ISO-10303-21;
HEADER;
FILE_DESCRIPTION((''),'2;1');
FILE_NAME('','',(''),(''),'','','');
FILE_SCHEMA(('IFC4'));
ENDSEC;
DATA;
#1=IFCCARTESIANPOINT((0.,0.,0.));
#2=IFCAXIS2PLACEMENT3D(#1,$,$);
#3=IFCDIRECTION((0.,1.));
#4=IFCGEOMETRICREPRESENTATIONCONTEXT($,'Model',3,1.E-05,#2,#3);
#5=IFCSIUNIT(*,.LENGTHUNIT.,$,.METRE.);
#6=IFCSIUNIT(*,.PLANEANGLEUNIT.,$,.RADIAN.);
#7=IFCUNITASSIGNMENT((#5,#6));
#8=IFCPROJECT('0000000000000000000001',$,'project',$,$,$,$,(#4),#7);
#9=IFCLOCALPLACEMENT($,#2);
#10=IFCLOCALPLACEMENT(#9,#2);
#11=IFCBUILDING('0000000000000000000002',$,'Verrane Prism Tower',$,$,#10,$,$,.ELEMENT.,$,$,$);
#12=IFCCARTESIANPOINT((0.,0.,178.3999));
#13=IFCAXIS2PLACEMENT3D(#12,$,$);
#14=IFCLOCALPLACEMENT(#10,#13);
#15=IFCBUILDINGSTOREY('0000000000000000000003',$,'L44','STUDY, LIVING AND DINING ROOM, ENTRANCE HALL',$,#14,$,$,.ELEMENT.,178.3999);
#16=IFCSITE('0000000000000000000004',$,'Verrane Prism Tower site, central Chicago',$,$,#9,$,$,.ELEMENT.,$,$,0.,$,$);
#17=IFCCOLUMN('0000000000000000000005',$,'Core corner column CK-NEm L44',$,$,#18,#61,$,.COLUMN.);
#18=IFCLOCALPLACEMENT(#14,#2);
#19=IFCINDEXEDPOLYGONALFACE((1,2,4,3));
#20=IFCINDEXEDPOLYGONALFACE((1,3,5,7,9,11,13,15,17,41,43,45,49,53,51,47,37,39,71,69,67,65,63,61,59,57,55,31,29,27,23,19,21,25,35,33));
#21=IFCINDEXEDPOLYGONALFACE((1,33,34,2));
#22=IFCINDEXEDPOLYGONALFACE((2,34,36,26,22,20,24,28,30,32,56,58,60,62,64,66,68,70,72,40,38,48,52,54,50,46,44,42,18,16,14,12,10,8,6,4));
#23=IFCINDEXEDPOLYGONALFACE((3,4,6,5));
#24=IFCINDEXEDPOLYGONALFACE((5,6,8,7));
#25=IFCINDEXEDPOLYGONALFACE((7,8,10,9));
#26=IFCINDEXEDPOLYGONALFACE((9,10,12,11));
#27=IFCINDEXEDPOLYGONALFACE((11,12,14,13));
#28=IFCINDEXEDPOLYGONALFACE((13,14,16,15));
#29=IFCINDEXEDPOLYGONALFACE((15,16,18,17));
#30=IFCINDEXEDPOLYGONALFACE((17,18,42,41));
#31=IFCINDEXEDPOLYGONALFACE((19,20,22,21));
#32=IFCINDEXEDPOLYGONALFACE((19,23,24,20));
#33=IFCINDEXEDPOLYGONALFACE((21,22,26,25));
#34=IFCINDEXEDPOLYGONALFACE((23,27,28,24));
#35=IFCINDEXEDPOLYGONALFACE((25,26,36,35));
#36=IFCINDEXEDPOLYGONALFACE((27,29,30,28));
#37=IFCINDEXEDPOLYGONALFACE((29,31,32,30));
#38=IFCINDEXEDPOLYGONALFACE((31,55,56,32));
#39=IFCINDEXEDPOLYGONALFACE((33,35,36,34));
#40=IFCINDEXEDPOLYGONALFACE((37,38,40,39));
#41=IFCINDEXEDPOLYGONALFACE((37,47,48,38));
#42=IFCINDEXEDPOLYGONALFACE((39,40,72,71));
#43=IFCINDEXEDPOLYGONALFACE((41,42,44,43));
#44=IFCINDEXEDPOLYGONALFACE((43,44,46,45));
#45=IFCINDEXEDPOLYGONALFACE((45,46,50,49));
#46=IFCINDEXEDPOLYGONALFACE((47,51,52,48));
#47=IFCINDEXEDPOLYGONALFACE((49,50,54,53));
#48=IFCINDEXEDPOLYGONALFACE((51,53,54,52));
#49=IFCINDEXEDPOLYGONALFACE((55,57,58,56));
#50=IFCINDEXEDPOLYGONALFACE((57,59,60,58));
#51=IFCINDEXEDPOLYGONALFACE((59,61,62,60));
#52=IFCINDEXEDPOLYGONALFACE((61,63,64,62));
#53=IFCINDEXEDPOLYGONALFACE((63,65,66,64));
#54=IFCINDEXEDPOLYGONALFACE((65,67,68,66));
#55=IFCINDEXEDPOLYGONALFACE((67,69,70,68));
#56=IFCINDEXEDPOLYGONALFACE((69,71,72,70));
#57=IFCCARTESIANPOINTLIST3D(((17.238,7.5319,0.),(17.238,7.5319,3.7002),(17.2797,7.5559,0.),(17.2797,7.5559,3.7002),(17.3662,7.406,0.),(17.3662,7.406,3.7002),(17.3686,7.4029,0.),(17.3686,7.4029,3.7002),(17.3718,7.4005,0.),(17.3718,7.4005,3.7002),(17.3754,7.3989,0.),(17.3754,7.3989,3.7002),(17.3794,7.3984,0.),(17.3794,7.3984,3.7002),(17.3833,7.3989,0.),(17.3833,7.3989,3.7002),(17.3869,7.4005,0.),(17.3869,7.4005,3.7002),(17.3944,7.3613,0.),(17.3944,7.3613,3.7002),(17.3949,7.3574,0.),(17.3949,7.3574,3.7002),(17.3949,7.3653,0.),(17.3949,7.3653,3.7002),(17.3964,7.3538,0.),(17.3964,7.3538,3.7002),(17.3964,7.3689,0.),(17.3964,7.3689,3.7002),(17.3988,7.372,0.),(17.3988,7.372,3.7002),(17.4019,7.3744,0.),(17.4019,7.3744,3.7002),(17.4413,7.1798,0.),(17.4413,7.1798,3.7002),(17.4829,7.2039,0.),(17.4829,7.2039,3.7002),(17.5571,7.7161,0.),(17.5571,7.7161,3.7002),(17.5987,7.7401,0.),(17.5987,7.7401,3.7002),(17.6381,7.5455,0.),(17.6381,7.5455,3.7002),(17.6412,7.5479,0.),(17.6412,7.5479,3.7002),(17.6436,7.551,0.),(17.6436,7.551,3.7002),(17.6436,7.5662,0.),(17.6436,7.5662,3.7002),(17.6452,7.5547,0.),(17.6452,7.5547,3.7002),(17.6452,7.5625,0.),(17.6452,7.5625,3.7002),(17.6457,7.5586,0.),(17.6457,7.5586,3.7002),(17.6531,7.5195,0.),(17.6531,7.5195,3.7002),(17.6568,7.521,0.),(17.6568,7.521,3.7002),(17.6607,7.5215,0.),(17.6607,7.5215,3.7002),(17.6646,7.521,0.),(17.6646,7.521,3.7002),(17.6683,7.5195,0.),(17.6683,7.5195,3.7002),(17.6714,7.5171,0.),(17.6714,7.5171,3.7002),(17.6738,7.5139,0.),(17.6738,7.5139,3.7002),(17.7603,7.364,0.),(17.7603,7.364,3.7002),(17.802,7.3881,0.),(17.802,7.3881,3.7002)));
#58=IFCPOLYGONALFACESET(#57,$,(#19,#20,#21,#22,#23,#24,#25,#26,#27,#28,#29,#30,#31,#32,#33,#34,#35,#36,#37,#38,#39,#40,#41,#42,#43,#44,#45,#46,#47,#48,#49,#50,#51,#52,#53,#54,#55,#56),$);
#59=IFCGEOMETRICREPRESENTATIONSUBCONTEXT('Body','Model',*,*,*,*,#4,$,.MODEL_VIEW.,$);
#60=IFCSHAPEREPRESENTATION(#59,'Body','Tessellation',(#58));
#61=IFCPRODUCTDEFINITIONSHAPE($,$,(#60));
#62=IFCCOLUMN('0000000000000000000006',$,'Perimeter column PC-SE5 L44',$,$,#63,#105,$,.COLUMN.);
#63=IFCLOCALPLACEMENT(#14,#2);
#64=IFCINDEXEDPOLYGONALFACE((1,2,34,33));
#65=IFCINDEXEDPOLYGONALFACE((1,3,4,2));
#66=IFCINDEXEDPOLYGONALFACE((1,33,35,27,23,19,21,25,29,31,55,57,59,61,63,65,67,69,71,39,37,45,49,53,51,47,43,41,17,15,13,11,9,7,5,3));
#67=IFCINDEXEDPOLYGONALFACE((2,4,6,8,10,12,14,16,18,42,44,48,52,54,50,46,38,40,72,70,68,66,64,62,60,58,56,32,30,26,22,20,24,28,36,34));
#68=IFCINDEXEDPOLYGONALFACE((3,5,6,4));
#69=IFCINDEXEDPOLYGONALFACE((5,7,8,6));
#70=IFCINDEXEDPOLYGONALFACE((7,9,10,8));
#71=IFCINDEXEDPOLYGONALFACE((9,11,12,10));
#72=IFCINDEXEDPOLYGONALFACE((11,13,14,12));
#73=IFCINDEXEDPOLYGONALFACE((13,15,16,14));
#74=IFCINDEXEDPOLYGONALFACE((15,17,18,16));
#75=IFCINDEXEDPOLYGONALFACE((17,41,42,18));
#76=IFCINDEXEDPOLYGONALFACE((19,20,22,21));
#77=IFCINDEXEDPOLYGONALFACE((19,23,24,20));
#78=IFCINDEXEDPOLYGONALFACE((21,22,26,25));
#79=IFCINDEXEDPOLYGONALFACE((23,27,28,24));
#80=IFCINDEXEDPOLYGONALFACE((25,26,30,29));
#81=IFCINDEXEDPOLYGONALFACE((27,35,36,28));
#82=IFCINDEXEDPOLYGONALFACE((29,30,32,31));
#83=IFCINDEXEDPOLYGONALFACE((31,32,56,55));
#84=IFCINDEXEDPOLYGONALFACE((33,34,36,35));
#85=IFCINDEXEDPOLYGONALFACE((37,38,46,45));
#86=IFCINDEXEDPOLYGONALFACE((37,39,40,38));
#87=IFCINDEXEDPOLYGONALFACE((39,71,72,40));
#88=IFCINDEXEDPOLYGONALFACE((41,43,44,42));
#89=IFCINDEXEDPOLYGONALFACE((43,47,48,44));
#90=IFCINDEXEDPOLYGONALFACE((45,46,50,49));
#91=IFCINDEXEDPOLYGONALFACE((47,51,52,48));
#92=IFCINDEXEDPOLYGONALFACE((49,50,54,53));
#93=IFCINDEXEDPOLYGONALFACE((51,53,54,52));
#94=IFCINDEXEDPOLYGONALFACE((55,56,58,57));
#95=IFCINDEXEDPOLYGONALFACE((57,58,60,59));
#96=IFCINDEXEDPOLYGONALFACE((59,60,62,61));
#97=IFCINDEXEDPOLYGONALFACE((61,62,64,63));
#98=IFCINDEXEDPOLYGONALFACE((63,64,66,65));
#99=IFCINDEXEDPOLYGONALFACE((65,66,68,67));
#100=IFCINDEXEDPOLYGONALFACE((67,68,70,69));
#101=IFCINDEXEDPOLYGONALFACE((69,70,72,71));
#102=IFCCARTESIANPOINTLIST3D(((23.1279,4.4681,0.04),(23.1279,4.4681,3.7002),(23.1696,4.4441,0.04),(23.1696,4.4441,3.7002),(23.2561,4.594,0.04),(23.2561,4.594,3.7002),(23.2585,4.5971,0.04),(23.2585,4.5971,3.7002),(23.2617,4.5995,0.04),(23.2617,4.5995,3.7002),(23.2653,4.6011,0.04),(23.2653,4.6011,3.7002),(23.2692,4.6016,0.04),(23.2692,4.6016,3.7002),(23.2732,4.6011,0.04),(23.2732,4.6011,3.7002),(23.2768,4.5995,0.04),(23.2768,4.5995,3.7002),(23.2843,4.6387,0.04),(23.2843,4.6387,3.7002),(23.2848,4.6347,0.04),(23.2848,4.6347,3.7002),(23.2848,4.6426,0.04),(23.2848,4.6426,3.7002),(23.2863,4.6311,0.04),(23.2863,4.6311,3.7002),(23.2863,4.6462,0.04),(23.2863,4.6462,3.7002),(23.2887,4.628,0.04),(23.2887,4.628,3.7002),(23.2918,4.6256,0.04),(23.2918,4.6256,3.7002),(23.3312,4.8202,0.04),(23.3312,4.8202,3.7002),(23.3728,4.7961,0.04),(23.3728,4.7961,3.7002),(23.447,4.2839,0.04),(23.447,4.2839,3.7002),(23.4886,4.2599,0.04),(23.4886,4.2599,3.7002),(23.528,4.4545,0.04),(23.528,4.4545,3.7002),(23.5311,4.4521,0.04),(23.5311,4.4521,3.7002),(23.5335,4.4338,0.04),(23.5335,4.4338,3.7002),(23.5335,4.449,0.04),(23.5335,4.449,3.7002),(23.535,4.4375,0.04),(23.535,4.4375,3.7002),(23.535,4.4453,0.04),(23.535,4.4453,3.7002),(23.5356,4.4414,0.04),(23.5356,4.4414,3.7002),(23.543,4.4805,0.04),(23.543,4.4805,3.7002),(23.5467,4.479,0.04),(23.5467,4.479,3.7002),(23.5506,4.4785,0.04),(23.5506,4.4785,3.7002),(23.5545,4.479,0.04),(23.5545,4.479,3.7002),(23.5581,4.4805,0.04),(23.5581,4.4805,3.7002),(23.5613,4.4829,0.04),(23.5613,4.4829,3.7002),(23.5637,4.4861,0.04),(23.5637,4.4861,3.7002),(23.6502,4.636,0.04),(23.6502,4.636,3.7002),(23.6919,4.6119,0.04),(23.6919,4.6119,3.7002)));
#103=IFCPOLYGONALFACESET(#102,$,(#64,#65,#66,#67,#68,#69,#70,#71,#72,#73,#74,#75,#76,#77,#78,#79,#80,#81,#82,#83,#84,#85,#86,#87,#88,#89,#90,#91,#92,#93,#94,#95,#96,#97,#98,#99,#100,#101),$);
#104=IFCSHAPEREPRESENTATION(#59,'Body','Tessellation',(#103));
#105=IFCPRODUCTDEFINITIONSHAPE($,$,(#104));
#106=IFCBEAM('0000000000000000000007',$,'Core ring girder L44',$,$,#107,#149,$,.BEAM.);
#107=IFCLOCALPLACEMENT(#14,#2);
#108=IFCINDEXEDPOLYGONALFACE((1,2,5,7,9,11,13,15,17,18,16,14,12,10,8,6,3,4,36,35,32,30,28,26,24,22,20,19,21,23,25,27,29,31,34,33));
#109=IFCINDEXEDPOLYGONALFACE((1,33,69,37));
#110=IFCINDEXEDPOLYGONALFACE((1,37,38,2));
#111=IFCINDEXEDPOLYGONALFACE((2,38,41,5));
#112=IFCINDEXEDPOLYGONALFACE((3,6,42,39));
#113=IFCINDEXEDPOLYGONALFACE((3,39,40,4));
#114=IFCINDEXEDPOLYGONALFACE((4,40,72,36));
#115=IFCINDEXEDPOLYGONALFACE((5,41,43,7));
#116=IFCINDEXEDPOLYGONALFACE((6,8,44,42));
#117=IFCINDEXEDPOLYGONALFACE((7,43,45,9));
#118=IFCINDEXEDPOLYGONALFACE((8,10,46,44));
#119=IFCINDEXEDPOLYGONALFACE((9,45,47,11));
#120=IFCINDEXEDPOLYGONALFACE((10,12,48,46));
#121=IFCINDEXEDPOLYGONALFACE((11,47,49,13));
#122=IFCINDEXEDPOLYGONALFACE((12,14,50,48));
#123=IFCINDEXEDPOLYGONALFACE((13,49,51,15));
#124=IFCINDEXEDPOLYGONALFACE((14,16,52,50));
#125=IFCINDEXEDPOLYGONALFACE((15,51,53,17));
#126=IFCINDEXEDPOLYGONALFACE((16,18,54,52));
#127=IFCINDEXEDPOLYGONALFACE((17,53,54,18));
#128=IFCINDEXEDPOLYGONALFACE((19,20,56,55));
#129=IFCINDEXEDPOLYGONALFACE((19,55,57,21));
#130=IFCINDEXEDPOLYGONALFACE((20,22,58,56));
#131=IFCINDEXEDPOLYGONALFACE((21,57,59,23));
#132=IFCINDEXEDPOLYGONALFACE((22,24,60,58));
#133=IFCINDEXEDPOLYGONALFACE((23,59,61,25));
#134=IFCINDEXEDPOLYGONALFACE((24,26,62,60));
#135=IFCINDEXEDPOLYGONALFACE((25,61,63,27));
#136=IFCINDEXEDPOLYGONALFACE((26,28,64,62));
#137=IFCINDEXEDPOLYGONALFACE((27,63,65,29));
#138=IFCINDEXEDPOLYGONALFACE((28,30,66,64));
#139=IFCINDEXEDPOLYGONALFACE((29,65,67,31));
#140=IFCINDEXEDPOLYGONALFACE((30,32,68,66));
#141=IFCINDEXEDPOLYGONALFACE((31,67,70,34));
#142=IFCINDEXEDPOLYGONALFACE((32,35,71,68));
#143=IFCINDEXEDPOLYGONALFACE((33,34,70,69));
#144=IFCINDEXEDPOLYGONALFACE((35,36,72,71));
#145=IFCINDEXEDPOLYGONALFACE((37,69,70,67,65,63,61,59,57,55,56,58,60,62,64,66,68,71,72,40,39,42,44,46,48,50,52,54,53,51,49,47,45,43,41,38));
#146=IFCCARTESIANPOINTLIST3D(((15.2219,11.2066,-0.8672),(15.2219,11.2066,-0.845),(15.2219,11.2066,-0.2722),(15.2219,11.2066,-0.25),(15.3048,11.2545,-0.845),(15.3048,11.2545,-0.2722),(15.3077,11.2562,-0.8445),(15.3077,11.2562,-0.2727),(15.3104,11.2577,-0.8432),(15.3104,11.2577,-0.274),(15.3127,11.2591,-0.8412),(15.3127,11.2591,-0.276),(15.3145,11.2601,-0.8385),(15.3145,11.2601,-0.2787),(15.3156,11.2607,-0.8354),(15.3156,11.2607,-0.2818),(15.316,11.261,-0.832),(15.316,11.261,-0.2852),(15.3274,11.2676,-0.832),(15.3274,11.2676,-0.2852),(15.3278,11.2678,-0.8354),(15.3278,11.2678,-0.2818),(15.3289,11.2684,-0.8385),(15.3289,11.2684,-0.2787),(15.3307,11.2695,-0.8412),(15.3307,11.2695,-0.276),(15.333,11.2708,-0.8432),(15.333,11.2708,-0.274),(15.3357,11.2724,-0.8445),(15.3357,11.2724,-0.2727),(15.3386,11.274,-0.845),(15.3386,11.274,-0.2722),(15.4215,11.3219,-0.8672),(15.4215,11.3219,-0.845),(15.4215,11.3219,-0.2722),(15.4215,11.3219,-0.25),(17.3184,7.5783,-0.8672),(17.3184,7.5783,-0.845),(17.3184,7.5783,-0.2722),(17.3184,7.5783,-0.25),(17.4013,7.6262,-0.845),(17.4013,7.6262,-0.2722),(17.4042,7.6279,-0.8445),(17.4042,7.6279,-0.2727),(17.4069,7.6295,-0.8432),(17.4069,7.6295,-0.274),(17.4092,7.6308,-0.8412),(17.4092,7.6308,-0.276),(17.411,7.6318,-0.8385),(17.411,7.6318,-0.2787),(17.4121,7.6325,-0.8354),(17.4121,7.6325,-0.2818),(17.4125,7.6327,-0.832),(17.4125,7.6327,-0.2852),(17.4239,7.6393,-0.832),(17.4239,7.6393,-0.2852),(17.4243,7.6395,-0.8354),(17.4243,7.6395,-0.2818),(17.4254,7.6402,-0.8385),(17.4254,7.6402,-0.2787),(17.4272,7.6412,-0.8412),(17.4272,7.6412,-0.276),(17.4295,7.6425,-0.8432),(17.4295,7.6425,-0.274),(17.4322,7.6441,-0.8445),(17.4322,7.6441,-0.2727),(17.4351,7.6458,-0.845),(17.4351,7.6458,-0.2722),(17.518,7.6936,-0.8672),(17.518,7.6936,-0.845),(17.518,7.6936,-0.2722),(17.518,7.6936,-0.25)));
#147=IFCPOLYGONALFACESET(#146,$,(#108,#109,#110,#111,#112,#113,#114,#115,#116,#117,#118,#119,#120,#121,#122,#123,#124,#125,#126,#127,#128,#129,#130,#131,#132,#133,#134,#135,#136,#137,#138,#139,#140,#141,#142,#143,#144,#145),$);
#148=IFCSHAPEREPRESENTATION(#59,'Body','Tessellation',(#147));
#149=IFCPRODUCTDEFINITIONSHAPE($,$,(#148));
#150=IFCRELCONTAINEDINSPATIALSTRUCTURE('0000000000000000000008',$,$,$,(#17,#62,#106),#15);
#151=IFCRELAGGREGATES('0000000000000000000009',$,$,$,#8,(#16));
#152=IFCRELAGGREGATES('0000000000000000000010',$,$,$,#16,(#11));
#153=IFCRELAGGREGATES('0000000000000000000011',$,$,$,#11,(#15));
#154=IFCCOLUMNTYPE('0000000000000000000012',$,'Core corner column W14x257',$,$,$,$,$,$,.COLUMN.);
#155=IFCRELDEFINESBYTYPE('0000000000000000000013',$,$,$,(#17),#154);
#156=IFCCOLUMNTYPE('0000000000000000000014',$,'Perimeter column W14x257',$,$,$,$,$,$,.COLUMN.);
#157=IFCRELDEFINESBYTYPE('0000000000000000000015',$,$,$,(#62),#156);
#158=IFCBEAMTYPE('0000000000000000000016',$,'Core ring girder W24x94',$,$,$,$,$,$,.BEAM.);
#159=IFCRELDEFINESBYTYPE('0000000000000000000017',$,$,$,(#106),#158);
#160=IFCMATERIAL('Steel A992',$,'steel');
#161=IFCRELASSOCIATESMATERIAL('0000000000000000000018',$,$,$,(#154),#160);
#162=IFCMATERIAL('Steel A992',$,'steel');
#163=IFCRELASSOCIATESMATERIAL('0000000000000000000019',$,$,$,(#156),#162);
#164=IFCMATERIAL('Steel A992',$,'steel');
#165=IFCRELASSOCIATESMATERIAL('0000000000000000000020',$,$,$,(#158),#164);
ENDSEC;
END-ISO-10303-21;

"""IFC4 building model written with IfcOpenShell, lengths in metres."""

from ifc_helpers import new_model, si_unit, direction, frame, origin, origin_2d, place, context, subcontext, project, spatial, i_section, extrude, material, material_profile, profile_set, type_object, element, save


model = new_model("IFC4")

# Units and contexts
model_context = context("Model", 3, precision=1e-05, world=origin(), true_north=direction((0.0, 1.0)))
body_context = subcontext(model_context, "Body", "Model", "MODEL_VIEW")
ifc_project = project(units=[si_unit("LENGTHUNIT", "METRE"), si_unit("PLANEANGLEUNIT", "RADIAN")], contexts=[model_context])

# Site, building, storey
site_placement = place(None, origin())
site = spatial("IfcSite", under=ifc_project, at=site_placement, Name="Verrane Prism Tower site, central Chicago", CompositionType="ELEMENT", RefElevation=0.0)
building_placement = place(site_placement, origin())
building = spatial("IfcBuilding", under=site, at=building_placement, Name="Verrane Prism Tower", CompositionType="ELEMENT")
storey_placement = place(building_placement, frame((0.0, 0.0, 178.3999)))
storey = spatial("IfcBuildingStorey", under=building, at=storey_placement, Name="L44", Description="STUDY, LIVING AND DINING ROOM, ENTRANCE HALL", CompositionType="ELEMENT", Elevation=178.3999)

# Columns
ifc_material_1 = material(Name="Steel A992", Category="steel")
ifc_material_profile_1 = material_profile(ifc_material_1, i_section(OverallWidth=0.4065, OverallDepth=0.4165, WebThickness=0.03, FlangeThickness=0.0481, FilletRadius=0.0151, at=origin_2d()), Name="W14x257")
ifc_profile_set_1 = profile_set([ifc_material_profile_1], Name="Steel A992")
column_type_1 = type_object("IfcColumnType", Name="Core corner column W14x257", PredefinedType="COLUMN", material=ifc_profile_set_1)
column_1_placement = place(storey_placement, frame((17.52, 7.46, 0.0), z_axis=(0.0, 0.0, 1.0), x_axis=(0.5, -0.866025, 0.0)))
element("IfcColumn", 1, at=column_1_placement, inside=storey, type_object=column_type_1, Name="Core corner column CK-NEm L44", PredefinedType="COLUMN", context=body_context, shape_type="SweptSolid", body=[
    extrude(i_section(OverallWidth=0.4065, OverallDepth=0.4165, WebThickness=0.03, FlangeThickness=0.0481, FilletRadius=0.0151, at=origin_2d()), origin(), (0.0, 0.0, 1.0), 3.7002),
])
ifc_material_2 = material(Name="Steel A992", Category="steel")
ifc_material_profile_2 = material_profile(ifc_material_2, i_section(OverallWidth=0.4065, OverallDepth=0.4165, WebThickness=0.03, FlangeThickness=0.0481, FilletRadius=0.0151, at=origin_2d()), Name="W14x257")
ifc_profile_set_2 = profile_set([ifc_material_profile_2], Name="Steel A992")
column_type_2 = type_object("IfcColumnType", Name="Perimeter column W14x257", PredefinedType="COLUMN", material=ifc_profile_set_2)
column_2_placement = place(storey_placement, frame((23.4099, 4.54, 0.04), z_axis=(0.0, 0.0, 1.0), x_axis=(-0.5, -0.866025, 0.0)))
element("IfcColumn", 2, at=column_2_placement, inside=storey, type_object=column_type_2, Name="Perimeter column PC-SE5 L44", PredefinedType="COLUMN", context=body_context, shape_type="SweptSolid", body=[
    extrude(i_section(OverallWidth=0.4065, OverallDepth=0.4165, WebThickness=0.03, FlangeThickness=0.0481, FilletRadius=0.0151, at=origin_2d()), origin(), (0.0, 0.0, 1.0), 3.6602),
])

# Beam
ifc_material_3 = material(Name="Steel A992", Category="steel")
ifc_material_profile_3 = material_profile(ifc_material_3, i_section(OverallWidth=0.2305, OverallDepth=0.6172, WebThickness=0.0132, FlangeThickness=0.0222, FilletRadius=0.0129, at=origin_2d()), Name="W24x94")
ifc_profile_set_3 = profile_set([ifc_material_profile_3], Name="Steel A992")
beam_type_1 = type_object("IfcBeamType", Name="Core ring girder W24x94", PredefinedType="BEAM", material=ifc_profile_set_3)
beam_1_placement = place(storey_placement, frame((17.4182, 7.636, -0.5586), z_axis=(-0.500306, 0.865849, 0.0), x_axis=(-0.865849, -0.500306, 0.0)))
element("IfcBeam", 3, at=beam_1_placement, inside=storey, type_object=beam_type_1, Name="Core ring girder L44", PredefinedType="BEAM", context=body_context, shape_type="SweptSolid", body=[
    extrude(i_section(OverallWidth=0.2305, OverallDepth=0.6172, WebThickness=0.0132, FlangeThickness=0.0222, FilletRadius=0.0129, at=origin_2d()), origin(), (0.0, 0.0, 1.0), 4.1904),
])

save(model, "model.ifc")
